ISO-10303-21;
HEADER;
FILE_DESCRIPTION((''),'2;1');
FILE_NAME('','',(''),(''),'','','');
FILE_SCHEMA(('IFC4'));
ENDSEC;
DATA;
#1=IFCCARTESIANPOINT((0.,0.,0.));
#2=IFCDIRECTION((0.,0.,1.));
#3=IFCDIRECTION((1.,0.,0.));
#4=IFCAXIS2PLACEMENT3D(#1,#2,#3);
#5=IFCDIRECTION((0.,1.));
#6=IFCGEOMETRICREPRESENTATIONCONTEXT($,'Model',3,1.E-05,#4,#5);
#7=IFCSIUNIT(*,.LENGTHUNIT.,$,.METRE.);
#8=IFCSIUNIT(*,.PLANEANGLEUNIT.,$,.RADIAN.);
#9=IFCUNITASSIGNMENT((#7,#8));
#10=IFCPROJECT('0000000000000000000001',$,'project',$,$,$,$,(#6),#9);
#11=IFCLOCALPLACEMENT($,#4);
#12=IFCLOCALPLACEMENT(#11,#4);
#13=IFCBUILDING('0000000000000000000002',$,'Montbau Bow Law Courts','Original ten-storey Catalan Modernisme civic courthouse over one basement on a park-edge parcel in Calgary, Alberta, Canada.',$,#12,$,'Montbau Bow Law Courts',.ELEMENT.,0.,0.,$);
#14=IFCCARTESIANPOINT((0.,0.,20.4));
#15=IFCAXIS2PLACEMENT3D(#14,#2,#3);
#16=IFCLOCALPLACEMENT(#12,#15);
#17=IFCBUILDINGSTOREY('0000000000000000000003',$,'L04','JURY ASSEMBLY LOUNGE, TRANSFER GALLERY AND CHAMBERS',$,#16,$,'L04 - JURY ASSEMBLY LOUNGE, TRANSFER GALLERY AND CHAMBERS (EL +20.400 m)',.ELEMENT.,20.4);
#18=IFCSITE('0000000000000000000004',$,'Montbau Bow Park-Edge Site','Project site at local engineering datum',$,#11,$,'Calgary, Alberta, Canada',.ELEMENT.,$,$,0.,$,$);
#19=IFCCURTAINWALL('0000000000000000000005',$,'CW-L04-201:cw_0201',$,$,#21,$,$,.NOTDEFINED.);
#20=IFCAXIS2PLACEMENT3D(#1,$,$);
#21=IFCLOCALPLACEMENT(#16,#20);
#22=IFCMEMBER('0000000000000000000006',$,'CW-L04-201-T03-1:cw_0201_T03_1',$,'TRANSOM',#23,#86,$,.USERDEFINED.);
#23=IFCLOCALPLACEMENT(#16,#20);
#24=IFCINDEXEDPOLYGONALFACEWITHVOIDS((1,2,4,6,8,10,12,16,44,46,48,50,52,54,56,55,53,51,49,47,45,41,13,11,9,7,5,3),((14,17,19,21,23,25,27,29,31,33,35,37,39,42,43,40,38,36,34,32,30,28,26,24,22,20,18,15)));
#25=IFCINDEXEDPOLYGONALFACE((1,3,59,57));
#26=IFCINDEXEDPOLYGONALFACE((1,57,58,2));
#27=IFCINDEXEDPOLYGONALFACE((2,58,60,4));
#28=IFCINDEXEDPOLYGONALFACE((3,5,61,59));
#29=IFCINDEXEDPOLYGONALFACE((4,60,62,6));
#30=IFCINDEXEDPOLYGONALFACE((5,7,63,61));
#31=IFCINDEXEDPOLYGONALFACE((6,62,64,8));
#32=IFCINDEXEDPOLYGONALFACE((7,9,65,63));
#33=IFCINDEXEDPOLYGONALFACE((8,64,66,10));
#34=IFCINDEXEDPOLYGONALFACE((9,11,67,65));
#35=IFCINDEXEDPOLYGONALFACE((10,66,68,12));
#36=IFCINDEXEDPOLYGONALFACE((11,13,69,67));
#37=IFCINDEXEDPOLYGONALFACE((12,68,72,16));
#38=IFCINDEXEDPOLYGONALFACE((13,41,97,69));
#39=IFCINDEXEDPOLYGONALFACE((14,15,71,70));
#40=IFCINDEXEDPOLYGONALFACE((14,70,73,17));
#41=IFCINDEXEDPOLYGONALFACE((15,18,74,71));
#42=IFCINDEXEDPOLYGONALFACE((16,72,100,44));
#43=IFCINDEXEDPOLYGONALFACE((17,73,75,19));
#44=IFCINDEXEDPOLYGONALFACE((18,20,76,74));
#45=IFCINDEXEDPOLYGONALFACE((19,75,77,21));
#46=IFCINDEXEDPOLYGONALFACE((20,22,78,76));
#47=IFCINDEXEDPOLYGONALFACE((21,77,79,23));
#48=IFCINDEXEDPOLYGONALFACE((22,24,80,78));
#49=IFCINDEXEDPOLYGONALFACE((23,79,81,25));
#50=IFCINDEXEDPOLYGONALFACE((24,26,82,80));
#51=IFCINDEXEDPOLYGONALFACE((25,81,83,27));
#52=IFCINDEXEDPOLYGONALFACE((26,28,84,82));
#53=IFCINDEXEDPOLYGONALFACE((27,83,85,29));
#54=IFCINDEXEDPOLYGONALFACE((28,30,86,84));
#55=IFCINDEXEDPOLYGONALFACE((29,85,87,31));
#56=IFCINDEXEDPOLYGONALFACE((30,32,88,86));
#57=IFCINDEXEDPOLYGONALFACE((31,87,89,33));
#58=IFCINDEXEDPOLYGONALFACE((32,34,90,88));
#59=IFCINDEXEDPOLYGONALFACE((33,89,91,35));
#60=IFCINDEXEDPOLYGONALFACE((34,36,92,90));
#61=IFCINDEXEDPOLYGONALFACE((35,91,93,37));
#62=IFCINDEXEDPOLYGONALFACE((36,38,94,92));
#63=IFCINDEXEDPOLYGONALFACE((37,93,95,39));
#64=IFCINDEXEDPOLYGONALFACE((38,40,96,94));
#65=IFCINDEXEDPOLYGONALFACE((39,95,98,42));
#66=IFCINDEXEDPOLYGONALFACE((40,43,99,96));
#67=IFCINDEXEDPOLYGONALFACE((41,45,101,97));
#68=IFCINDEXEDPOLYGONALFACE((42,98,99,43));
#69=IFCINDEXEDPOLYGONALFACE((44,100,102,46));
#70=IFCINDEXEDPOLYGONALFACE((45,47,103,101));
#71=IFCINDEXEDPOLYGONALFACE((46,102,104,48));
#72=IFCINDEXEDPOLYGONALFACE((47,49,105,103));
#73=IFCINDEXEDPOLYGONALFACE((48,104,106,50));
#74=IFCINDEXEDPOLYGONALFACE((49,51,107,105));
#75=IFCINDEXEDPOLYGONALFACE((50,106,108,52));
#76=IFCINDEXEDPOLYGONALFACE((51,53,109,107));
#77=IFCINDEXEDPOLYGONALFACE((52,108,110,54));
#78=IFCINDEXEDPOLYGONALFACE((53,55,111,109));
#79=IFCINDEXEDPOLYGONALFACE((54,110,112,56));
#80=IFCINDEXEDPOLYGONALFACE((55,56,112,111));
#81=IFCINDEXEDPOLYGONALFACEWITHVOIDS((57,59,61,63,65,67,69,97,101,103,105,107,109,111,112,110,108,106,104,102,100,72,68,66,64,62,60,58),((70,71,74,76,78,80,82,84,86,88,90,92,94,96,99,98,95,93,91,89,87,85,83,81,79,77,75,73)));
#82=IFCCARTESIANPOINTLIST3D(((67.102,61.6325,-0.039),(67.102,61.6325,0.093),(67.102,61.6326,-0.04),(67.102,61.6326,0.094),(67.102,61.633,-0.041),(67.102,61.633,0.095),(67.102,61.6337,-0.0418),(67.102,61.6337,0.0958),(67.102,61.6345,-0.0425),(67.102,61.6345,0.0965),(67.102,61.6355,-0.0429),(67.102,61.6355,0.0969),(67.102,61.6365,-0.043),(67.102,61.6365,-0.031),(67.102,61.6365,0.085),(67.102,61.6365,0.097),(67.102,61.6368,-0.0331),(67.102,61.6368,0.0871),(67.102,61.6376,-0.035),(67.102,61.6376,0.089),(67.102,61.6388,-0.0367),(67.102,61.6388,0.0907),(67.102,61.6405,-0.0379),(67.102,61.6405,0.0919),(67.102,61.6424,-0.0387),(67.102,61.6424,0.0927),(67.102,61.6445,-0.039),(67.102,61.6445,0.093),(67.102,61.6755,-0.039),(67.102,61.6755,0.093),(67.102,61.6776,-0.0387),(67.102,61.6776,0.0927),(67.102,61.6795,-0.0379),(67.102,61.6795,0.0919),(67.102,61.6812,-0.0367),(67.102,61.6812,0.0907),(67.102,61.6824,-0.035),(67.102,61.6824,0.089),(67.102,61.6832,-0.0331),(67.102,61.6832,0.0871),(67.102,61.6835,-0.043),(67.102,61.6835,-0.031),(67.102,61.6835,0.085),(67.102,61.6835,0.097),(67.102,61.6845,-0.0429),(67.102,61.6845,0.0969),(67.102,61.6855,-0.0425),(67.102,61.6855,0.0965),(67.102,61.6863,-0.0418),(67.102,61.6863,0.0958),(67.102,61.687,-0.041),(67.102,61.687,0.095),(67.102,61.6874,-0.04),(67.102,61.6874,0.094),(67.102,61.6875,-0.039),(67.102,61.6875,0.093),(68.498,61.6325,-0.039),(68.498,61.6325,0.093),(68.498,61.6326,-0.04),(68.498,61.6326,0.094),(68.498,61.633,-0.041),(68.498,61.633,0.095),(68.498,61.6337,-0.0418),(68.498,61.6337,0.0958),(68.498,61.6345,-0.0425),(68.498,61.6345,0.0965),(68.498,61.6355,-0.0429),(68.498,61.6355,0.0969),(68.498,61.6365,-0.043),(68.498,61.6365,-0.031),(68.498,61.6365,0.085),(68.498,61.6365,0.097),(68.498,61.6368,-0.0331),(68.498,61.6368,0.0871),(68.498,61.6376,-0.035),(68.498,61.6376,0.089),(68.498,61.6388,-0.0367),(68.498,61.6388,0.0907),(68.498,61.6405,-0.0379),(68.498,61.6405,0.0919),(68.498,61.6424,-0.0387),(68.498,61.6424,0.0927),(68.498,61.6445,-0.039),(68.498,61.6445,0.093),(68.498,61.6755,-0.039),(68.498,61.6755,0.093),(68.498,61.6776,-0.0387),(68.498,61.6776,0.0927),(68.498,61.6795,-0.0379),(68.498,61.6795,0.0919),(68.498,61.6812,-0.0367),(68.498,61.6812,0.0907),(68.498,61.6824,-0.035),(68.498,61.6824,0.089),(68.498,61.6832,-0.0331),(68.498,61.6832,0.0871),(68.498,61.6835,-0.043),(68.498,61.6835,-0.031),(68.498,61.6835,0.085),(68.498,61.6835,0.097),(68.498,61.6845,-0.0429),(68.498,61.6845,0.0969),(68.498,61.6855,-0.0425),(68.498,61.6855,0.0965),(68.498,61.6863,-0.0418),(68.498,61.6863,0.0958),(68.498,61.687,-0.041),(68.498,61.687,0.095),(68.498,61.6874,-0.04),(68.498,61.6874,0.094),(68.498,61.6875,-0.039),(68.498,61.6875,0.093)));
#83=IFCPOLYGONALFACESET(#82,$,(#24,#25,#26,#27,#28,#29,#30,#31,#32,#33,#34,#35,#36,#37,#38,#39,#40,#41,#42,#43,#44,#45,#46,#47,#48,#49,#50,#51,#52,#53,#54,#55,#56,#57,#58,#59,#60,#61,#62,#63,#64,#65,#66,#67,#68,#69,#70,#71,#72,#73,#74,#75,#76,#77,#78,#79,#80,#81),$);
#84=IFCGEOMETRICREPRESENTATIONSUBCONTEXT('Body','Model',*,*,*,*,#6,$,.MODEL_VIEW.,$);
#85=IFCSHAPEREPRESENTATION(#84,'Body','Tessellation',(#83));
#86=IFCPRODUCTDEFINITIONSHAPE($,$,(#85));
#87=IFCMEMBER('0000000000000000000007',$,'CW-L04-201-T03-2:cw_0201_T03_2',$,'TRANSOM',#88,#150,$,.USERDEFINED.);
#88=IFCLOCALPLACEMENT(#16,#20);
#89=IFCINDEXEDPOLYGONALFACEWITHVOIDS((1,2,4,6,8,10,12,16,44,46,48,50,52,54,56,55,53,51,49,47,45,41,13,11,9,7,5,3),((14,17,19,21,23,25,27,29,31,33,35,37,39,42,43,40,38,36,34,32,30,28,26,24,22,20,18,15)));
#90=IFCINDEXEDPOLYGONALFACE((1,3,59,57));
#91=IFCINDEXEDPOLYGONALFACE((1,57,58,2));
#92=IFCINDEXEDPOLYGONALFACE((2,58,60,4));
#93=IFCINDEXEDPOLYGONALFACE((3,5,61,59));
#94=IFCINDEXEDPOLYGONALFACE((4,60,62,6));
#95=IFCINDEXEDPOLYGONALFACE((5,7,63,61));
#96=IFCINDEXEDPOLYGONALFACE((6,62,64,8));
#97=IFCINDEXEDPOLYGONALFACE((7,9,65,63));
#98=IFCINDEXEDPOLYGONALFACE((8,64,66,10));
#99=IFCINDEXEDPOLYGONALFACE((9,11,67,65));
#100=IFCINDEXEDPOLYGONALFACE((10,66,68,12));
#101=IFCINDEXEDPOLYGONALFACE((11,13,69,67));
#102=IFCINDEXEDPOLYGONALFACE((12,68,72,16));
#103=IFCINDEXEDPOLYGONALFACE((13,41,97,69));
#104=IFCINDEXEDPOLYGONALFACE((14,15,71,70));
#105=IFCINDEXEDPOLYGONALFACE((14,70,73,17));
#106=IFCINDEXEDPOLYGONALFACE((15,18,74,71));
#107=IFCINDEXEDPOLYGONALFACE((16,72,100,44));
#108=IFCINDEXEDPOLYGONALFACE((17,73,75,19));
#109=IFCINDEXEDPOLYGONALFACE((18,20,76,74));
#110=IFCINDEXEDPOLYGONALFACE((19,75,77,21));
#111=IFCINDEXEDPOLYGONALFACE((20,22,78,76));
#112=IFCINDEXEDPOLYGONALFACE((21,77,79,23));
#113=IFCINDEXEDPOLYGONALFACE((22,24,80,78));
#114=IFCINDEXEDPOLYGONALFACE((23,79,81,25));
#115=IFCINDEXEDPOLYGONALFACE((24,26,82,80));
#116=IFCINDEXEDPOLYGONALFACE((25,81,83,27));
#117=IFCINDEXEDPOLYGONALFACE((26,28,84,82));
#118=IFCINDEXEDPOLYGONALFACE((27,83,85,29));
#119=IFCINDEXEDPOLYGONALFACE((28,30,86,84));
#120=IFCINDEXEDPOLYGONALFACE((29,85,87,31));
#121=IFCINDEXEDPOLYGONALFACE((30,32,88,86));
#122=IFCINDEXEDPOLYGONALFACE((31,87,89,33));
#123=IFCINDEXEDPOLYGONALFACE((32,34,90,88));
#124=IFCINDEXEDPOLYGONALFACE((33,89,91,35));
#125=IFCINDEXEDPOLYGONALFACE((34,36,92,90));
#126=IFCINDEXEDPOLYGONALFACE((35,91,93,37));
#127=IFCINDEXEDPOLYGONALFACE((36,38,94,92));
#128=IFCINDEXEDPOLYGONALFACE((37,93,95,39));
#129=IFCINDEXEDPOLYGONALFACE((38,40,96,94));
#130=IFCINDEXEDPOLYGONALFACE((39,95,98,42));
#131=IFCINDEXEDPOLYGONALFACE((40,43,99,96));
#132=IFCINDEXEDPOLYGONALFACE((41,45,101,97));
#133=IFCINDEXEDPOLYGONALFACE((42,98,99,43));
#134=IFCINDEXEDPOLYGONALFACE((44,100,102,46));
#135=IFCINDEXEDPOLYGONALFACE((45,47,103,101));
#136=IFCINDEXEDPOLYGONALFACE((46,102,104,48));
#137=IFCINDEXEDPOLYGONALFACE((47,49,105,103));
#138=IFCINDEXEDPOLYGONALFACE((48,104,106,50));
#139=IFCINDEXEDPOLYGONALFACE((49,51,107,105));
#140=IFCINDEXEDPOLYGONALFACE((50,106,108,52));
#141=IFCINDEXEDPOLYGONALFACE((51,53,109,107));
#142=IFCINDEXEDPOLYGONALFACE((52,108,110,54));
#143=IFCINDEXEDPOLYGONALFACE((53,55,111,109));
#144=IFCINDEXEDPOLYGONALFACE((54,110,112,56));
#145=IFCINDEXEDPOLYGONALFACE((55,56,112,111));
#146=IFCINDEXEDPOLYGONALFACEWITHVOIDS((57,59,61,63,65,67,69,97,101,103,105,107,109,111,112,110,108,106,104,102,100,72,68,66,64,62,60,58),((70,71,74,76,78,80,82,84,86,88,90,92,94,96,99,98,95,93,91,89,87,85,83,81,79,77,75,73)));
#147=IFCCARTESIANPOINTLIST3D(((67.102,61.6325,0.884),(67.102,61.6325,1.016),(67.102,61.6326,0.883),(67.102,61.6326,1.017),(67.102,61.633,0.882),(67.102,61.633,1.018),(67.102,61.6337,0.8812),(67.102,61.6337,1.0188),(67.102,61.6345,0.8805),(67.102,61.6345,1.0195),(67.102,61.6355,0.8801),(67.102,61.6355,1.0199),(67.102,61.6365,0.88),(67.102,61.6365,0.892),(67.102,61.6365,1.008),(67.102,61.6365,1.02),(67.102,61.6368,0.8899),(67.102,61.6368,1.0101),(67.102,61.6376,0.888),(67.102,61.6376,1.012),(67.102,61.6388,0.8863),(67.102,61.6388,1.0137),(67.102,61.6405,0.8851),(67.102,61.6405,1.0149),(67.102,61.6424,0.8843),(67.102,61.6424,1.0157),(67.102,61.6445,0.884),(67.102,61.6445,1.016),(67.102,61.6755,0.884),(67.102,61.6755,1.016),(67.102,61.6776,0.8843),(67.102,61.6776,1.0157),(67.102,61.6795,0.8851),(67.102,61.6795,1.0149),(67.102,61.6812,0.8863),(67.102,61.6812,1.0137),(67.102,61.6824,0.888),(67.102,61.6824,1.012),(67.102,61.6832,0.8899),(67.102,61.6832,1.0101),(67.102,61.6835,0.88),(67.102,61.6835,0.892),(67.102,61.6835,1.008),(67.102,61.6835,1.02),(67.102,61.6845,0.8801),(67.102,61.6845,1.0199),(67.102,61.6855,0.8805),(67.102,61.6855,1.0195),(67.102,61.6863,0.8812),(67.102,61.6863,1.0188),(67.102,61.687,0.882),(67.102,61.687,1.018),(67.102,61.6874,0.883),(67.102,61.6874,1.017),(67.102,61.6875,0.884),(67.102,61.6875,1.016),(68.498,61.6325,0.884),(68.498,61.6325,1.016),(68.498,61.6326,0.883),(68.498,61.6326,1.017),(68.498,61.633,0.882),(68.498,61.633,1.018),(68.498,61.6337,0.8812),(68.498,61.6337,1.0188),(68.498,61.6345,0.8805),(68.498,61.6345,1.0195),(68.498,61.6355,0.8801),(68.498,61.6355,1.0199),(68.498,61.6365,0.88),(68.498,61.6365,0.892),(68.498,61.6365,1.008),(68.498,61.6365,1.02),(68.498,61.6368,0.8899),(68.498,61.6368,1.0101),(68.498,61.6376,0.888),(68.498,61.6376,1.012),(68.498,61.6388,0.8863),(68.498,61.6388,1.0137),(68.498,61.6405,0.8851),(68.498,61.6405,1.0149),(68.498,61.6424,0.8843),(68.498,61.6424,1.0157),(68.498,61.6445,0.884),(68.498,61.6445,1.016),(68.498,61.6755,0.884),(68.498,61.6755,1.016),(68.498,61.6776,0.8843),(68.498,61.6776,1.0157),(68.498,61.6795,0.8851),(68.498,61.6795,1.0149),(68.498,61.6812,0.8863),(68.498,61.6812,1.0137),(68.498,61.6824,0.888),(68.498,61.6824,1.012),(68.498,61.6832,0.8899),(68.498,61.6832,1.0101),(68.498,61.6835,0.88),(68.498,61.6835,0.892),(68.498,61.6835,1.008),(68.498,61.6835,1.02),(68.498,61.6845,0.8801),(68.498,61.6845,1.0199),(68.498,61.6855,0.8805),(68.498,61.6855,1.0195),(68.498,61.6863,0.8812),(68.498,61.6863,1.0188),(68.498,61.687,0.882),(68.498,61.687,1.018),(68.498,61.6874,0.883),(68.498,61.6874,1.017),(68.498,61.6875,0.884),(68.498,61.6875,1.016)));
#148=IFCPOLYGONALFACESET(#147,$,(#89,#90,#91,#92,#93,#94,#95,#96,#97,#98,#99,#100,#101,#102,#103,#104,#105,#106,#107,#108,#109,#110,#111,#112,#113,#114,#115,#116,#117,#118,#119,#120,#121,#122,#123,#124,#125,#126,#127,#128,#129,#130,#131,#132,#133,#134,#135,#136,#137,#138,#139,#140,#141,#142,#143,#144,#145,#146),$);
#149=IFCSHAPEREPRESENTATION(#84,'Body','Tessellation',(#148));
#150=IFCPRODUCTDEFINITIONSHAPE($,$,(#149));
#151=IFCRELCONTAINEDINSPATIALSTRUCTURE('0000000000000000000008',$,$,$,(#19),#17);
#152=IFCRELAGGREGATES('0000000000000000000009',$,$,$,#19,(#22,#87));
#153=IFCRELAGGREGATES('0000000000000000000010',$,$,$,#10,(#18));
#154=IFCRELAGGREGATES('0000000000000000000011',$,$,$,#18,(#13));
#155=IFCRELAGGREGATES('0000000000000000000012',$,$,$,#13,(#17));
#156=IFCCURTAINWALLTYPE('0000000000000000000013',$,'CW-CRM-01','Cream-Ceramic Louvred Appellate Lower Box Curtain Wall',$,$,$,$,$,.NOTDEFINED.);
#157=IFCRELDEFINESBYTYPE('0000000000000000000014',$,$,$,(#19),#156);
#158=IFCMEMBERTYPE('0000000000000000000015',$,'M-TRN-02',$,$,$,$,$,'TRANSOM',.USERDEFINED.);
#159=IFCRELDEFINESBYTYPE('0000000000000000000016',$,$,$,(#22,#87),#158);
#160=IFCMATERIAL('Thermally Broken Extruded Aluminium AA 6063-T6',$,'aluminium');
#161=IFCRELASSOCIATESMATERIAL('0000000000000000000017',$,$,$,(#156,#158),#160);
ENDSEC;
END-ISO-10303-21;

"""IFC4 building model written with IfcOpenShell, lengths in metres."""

from ifc_helpers import new_model, si_unit, direction, frame, origin_with_axes, origin_2d_with_axis, place, context, subcontext, project, spatial, hollow_rectangle, extrude, material, material_profile, profile_set, type_object, element, aggregate, save


model = new_model("IFC4")

# Units and contexts
model_context = context("Model", 3, precision=1e-05, world=origin_with_axes(), true_north=direction((0.0, 1.0)))
body_context = subcontext(model_context, "Body", "Model", "MODEL_VIEW")
ifc_project = project(units=[si_unit("LENGTHUNIT", "METRE"), si_unit("PLANEANGLEUNIT", "RADIAN")], contexts=[model_context])

# Site, building, storey
site_placement = place(None, origin_with_axes())
site = spatial("IfcSite", under=ifc_project, at=site_placement, Name="Montbau Bow Park-Edge Site", Description="Project site at local engineering datum", LongName="Calgary, Alberta, Canada", CompositionType="ELEMENT", RefElevation=0.0)
building_placement = place(site_placement, origin_with_axes())
building = spatial("IfcBuilding", under=site, at=building_placement, Name="Montbau Bow Law Courts", Description="Original ten-storey Catalan Modernisme civic courthouse over one basement on a park-edge parcel in Calgary, Alberta, Canada.", LongName="Montbau Bow Law Courts", CompositionType="ELEMENT", ElevationOfRefHeight=0.0, ElevationOfTerrain=0.0)
storey_placement = place(building_placement, frame((0.0, 0.0, 20.4), z_axis=(0.0, 0.0, 1.0), x_axis=(1.0, 0.0, 0.0)))
storey = spatial("IfcBuildingStorey", under=building, at=storey_placement, Name="L04", Description="JURY ASSEMBLY LOUNGE, TRANSFER GALLERY AND CHAMBERS", LongName="L04 - JURY ASSEMBLY LOUNGE, TRANSFER GALLERY AND CHAMBERS (EL +20.400 m)", CompositionType="ELEMENT", Elevation=20.4)

# Curtain wall
ifc_material_1 = material(Name="Thermally Broken Extruded Aluminium AA 6063-T6", Category="aluminium")
curtain_wall_type = type_object("IfcCurtainWallType", Name="CW-CRM-01", Description="Cream-Ceramic Louvred Appellate Lower Box Curtain Wall", PredefinedType="NOTDEFINED", material=ifc_material_1)
curtain_wall_1_placement = place(None, frame((64.115, 61.66, 20.4), z_axis=(0.0, 0.0, 1.0), x_axis=(1.0, 0.0, 0.0)))
curtain_wall_1 = element("IfcCurtainWall", 1, at=curtain_wall_1_placement, inside=storey, type_object=curtain_wall_type, Name="CW-L04-201:cw_0201", PredefinedType="NOTDEFINED")

# Members
ifc_material_profile_1 = material_profile(ifc_material_1, hollow_rectangle(XDim=0.055, YDim=0.14, WallThickness=0.004, InnerFilletRadius=0.008, OuterFilletRadius=0.004, at=origin_2d_with_axis()), Name="CWT-140X55", Category="Main", Priority=0)
ifc_profile_set_1 = profile_set([ifc_material_profile_1], Name="Thermally Broken Extruded Aluminium AA 6063-T6")
member_type_1 = type_object("IfcMemberType", Name="M-TRN-02", ElementType="TRANSOM", PredefinedType="USERDEFINED", material=ifc_profile_set_1)
member_1_placement = place(None, frame((67.102, 61.66, 20.427), z_axis=(1.0, 0.0, 0.0), x_axis=(0.0, 1.0, 0.0)))
member_1 = element("IfcMember", 2, at=member_1_placement, type_object=member_type_1, Name="CW-L04-201-T03-1:cw_0201_T03_1", ObjectType="TRANSOM", PredefinedType="USERDEFINED", context=body_context, shape_type="SweptSolid", body=[
    extrude(hollow_rectangle(XDim=0.055, YDim=0.14, WallThickness=0.004, InnerFilletRadius=0.008, OuterFilletRadius=0.004, at=origin_2d_with_axis()), origin_with_axes(), (0.0, 0.0, 1.0), 1.396),
])
member_2_placement = place(None, frame((67.102, 61.66, 21.35), z_axis=(1.0, 0.0, 0.0), x_axis=(0.0, 1.0, 0.0)))
member_2 = element("IfcMember", 3, at=member_2_placement, type_object=member_type_1, Name="CW-L04-201-T03-2:cw_0201_T03_2", ObjectType="TRANSOM", PredefinedType="USERDEFINED", context=body_context, shape_type="SweptSolid", body=[
    extrude(hollow_rectangle(XDim=0.055, YDim=0.14, WallThickness=0.004, InnerFilletRadius=0.008, OuterFilletRadius=0.004, at=origin_2d_with_axis()), origin_with_axes(), (0.0, 0.0, 1.0), 1.396),
])

aggregate(curtain_wall_1, [member_1, member_2])

save(model, "model.ifc")
